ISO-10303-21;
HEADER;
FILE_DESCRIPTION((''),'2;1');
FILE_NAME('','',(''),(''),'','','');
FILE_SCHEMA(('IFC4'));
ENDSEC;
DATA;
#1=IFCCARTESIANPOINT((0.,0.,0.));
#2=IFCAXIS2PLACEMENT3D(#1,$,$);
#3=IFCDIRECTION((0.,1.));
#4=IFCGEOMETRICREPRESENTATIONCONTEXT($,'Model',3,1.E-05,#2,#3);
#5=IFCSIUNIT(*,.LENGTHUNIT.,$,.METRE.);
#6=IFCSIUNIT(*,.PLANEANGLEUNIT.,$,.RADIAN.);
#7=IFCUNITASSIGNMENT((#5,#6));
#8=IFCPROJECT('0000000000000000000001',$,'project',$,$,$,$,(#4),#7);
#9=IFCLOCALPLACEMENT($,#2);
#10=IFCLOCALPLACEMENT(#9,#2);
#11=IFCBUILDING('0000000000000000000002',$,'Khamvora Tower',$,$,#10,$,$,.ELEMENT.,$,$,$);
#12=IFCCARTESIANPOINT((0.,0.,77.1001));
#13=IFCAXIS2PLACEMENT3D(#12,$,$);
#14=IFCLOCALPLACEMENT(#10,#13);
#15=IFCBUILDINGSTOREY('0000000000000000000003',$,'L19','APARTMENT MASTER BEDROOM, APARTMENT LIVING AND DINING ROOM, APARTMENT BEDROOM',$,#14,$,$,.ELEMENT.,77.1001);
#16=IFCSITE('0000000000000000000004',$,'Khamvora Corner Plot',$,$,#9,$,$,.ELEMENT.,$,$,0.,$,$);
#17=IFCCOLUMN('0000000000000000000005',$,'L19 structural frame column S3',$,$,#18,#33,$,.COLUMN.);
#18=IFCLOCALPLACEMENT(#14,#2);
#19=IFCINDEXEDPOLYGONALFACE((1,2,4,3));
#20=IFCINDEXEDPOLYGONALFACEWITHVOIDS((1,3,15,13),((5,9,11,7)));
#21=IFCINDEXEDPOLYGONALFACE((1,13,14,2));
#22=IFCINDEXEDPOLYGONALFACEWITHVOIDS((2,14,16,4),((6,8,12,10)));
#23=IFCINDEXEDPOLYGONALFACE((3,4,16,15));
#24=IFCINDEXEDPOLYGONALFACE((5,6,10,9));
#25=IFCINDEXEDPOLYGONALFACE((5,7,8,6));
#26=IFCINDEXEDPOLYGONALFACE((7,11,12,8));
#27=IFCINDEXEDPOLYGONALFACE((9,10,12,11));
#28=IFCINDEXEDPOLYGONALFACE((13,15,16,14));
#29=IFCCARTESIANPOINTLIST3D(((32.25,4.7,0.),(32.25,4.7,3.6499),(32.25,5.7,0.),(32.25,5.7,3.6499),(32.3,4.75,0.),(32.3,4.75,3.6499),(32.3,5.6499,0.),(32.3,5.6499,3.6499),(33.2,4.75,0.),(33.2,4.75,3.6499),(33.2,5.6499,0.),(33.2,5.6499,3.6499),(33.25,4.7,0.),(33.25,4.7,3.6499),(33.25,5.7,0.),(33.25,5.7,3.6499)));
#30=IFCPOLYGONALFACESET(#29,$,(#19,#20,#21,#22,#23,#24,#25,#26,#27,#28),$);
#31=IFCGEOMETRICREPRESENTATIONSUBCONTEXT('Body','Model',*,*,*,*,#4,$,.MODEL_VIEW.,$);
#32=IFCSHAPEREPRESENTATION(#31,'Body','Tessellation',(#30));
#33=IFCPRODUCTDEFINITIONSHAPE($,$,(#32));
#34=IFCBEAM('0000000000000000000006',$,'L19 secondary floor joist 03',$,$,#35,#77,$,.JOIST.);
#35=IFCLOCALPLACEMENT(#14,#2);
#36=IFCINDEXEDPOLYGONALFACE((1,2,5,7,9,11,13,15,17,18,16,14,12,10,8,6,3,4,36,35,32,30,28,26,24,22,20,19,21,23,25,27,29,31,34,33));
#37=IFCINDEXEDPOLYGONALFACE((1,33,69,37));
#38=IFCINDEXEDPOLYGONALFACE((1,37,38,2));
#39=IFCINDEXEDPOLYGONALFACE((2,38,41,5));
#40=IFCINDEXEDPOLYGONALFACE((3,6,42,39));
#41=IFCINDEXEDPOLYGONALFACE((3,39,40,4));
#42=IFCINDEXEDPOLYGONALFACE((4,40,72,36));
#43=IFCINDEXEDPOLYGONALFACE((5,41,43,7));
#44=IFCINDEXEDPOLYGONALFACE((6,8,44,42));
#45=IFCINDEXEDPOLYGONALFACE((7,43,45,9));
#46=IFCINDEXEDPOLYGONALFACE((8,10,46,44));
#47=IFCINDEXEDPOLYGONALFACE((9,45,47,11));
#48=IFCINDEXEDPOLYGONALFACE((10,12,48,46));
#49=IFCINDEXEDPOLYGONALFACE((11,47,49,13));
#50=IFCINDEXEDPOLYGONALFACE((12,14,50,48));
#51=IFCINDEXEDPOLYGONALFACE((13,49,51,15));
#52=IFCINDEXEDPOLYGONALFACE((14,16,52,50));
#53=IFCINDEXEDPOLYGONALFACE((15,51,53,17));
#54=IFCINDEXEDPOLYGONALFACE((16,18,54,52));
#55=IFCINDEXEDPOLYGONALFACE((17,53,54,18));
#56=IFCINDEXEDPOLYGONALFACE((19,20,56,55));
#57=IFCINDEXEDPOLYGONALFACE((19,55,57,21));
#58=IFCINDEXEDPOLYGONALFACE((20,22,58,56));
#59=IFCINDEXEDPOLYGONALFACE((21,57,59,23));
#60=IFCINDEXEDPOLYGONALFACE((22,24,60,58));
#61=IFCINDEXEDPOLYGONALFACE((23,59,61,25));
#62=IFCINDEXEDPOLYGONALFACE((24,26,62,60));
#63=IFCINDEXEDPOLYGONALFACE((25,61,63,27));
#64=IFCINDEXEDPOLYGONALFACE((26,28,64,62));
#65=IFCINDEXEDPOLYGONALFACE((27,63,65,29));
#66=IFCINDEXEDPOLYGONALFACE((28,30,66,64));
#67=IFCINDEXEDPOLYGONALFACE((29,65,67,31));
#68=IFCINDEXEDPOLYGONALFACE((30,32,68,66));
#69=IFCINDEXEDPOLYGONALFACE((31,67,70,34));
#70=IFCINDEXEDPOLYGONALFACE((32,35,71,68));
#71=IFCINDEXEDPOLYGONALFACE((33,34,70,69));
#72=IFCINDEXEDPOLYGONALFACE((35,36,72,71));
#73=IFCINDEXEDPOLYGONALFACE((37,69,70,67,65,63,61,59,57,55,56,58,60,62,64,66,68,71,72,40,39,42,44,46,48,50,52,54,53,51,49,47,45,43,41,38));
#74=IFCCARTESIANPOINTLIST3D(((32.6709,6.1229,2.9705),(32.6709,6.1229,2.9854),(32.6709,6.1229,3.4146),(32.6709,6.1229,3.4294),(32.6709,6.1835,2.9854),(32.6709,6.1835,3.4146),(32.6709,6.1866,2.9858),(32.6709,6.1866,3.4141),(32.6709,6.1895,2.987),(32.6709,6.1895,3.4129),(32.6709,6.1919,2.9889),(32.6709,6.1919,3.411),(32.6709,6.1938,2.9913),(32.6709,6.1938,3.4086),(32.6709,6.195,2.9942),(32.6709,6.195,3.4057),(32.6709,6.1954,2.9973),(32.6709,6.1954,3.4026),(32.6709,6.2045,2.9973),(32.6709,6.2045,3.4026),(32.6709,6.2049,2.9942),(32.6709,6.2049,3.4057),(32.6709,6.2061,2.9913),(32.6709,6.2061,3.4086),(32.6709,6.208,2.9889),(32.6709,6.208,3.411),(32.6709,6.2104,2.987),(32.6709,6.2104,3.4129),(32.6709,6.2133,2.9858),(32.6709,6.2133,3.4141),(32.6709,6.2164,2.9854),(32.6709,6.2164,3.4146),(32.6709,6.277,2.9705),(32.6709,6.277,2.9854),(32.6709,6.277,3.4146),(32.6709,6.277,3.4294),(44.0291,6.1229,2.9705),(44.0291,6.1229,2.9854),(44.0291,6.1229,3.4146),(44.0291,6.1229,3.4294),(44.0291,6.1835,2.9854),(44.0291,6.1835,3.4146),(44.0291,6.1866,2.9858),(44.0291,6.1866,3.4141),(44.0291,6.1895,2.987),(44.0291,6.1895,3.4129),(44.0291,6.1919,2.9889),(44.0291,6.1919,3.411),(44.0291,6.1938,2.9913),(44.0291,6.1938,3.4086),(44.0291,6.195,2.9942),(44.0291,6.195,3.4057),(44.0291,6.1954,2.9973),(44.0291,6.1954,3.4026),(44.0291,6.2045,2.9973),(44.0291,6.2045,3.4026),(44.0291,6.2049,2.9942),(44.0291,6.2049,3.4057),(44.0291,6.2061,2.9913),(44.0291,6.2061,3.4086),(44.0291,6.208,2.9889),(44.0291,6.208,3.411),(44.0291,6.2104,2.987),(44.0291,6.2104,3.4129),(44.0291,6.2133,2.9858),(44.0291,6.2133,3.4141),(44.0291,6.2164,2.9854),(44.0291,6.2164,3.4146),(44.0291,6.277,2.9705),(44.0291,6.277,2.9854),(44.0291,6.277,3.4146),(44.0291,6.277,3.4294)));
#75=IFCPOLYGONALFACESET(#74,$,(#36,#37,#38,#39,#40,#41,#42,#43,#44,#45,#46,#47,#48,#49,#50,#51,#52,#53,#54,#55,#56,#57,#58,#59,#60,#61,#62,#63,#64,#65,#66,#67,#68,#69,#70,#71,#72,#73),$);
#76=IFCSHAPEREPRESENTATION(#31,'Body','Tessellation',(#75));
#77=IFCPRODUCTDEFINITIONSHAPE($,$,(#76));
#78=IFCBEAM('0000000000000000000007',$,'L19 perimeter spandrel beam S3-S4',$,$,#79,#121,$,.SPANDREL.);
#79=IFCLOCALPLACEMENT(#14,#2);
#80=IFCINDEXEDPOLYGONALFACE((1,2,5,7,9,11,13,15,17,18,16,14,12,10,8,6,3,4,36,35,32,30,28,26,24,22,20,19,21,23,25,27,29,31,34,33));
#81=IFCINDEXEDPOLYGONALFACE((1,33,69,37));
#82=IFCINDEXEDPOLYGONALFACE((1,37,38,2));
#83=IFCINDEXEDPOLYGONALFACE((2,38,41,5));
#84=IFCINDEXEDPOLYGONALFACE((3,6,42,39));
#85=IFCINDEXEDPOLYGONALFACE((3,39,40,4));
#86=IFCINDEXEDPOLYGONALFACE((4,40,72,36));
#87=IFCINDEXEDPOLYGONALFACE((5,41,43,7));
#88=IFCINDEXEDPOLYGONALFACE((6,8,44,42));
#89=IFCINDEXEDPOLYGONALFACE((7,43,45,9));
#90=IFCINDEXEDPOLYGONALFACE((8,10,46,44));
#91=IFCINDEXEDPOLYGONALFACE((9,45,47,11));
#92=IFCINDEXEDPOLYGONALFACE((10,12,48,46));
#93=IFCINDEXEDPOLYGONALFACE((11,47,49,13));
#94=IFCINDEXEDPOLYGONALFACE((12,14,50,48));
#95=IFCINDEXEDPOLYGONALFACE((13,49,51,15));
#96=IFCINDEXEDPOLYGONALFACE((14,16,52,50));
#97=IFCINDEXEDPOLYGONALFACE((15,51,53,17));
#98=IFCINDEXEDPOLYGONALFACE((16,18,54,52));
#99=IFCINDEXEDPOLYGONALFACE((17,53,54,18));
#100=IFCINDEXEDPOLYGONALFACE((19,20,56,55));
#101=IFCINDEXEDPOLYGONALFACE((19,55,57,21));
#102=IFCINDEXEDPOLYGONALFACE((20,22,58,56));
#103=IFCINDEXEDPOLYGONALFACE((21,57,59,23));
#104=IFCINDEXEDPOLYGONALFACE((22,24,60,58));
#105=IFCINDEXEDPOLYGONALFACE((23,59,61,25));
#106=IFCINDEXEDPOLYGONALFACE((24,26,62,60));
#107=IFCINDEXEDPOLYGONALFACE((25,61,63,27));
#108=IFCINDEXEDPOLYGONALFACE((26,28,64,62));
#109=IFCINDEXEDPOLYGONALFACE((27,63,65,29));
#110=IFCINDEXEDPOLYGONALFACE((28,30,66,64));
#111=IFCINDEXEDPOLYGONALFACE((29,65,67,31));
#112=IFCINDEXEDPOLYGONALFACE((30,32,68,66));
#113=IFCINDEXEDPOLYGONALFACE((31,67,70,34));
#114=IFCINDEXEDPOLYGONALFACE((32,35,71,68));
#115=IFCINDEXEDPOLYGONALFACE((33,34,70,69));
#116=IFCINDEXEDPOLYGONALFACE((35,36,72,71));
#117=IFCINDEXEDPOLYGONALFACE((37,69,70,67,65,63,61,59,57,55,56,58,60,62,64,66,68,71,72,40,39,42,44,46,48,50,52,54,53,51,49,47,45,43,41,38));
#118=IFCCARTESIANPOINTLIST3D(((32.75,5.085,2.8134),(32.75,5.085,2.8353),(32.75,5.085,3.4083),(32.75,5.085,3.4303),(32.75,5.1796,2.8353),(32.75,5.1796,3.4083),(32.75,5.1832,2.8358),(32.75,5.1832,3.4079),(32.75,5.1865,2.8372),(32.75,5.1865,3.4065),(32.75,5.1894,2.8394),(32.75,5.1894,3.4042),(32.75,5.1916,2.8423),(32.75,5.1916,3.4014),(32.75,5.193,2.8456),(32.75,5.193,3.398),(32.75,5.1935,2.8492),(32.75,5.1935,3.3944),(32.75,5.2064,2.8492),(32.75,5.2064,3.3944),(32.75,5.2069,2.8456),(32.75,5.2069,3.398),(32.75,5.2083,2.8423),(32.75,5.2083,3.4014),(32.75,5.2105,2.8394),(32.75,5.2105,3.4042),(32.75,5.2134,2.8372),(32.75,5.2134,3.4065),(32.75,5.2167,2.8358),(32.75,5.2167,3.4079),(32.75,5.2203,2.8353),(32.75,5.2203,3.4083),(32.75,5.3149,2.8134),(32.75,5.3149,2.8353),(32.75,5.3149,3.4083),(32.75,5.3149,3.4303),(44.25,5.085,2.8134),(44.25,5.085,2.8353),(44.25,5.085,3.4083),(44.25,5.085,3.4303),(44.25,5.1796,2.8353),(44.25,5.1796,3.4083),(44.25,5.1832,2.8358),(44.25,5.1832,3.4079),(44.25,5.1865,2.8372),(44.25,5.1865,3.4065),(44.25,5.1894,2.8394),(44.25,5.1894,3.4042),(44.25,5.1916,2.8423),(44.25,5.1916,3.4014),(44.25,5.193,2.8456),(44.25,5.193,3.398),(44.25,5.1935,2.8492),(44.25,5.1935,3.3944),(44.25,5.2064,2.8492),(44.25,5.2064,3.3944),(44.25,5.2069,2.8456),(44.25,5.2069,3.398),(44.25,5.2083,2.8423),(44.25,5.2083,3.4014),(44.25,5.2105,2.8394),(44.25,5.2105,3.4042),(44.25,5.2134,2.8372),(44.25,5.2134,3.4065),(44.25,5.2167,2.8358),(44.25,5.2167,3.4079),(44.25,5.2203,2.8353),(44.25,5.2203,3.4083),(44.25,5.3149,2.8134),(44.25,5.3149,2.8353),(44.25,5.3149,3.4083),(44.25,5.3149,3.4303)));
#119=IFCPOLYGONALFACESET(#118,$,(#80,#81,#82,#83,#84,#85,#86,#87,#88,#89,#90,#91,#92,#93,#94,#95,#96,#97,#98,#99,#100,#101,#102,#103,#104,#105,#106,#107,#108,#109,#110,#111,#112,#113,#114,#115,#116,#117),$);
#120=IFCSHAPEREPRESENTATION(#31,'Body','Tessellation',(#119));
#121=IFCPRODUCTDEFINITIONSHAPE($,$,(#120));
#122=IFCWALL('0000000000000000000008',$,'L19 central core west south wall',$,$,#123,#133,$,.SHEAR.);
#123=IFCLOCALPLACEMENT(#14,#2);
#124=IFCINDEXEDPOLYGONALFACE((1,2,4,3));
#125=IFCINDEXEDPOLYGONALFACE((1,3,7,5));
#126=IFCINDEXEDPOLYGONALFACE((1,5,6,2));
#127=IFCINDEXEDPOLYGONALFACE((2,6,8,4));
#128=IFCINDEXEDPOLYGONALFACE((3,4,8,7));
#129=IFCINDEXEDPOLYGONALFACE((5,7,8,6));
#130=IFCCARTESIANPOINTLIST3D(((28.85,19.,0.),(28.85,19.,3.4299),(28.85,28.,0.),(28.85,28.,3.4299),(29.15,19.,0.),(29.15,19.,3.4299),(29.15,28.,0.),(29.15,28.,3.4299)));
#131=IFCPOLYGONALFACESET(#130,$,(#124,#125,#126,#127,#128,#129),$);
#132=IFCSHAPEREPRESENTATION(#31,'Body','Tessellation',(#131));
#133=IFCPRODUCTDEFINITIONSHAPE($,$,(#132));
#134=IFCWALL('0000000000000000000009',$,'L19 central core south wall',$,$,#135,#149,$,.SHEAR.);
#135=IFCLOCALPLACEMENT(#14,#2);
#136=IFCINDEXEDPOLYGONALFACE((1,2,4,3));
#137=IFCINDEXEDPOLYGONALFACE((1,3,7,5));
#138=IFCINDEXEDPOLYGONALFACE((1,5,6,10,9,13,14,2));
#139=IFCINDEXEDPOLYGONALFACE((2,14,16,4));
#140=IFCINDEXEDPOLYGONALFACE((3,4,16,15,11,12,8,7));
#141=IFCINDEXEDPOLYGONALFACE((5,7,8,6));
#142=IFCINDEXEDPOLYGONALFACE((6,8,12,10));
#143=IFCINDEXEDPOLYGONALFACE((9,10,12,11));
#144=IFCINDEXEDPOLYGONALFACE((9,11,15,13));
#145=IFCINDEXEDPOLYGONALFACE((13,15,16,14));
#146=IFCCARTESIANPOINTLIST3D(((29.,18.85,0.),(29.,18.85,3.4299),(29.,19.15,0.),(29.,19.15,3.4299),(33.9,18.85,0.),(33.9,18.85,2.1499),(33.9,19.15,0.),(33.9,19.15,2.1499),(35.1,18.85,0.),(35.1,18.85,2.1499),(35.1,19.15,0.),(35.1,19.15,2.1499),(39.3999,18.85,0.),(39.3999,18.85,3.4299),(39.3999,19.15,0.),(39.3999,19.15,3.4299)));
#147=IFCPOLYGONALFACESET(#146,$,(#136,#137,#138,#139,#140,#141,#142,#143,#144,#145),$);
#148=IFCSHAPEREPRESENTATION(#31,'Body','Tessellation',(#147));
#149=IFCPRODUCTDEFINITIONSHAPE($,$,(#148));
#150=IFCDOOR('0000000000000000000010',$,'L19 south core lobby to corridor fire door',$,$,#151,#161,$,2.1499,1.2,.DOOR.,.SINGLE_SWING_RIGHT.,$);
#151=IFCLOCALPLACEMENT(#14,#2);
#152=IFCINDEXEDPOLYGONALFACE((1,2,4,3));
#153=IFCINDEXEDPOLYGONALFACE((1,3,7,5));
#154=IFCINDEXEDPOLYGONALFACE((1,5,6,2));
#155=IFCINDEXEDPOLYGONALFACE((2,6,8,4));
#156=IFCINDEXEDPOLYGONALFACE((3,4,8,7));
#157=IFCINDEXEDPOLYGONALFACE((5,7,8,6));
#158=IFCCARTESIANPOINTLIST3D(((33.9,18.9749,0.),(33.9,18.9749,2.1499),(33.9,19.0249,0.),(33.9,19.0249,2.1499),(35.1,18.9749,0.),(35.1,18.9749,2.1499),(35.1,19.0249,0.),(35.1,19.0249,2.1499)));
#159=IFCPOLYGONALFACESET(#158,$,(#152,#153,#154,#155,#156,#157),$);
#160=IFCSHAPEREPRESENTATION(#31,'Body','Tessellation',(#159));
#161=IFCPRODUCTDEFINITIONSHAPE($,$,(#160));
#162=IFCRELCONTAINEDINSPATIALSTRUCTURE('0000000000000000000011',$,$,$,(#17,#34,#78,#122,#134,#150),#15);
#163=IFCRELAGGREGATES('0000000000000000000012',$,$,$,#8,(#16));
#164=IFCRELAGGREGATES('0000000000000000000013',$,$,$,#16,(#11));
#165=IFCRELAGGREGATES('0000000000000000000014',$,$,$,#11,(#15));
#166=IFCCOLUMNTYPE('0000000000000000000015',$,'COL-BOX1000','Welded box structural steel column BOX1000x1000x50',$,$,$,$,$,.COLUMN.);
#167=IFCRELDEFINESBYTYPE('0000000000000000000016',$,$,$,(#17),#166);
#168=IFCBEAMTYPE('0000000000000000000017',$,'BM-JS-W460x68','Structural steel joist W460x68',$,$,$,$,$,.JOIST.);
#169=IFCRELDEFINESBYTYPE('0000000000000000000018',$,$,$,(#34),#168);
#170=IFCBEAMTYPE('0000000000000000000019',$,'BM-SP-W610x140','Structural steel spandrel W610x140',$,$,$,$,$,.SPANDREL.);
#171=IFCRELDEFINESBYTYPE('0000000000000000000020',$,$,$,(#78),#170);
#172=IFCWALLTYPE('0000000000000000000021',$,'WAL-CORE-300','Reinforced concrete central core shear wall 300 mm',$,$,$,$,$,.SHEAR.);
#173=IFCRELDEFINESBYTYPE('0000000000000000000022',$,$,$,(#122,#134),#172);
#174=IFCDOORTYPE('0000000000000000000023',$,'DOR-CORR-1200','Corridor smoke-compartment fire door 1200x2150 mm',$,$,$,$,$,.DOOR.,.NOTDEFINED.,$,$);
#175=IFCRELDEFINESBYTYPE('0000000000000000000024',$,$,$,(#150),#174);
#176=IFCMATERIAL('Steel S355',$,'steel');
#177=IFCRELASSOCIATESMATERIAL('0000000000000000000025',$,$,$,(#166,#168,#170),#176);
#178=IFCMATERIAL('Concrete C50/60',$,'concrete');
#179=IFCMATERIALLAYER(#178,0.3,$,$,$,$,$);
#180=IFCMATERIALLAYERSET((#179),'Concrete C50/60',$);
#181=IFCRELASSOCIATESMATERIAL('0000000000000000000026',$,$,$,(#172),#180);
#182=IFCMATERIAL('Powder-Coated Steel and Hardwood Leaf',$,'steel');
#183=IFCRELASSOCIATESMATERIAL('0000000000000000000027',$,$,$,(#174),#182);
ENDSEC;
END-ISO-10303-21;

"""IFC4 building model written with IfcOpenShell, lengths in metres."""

from ifc_helpers import new_model, si_unit, direction, frame, frame_2d, origin, origin_2d, place, context, subcontext, project, spatial, rectangle, hollow_rectangle, i_section, extrude, material, layer, layer_set, material_profile, profile_set, type_object, element, fill, save


model = new_model("IFC4")

# Units and contexts
model_context = context("Model", 3, precision=1e-05, world=origin(), true_north=direction((0.0, 1.0)))
body_context = subcontext(model_context, "Body", "Model", "MODEL_VIEW")
ifc_project = project(units=[si_unit("LENGTHUNIT", "METRE"), si_unit("PLANEANGLEUNIT", "RADIAN")], contexts=[model_context])

# Site, building, storey
site_placement = place(None, origin())
site = spatial("IfcSite", under=ifc_project, at=site_placement, Name="Khamvora Corner Plot", CompositionType="ELEMENT", RefElevation=0.0)
building_placement = place(site_placement, origin())
building = spatial("IfcBuilding", under=site, at=building_placement, Name="Khamvora Tower", CompositionType="ELEMENT")
storey_placement = place(building_placement, frame((0.0, 0.0, 77.1001)))
storey = spatial("IfcBuildingStorey", under=building, at=storey_placement, Name="L19", Description="APARTMENT MASTER BEDROOM, APARTMENT LIVING AND DINING ROOM, APARTMENT BEDROOM", CompositionType="ELEMENT", Elevation=77.1001)

# Column
ifc_material_1 = material(Name="Steel S355", Category="steel")
ifc_material_profile_1 = material_profile(ifc_material_1, hollow_rectangle(XDim=1.0, YDim=1.0, WallThickness=0.05, at=origin_2d()), Name="BOX1000x1000x50")
ifc_profile_set_1 = profile_set([ifc_material_profile_1], Name="Steel S355")
column_type = type_object("IfcColumnType", Name="COL-BOX1000", Description="Welded box structural steel column BOX1000x1000x50", PredefinedType="COLUMN", material=ifc_profile_set_1)
column_placement = place(storey_placement, frame((32.75, 5.2, 0.0), z_axis=(0.0, 0.0, 1.0), x_axis=(1.0, 0.0, 0.0)))
element("IfcColumn", 1, at=column_placement, inside=storey, type_object=column_type, Name="L19 structural frame column S3", PredefinedType="COLUMN", context=body_context, shape_type="SweptSolid", body=[
    extrude(hollow_rectangle(XDim=1.0, YDim=1.0, WallThickness=0.05, at=origin_2d()), origin(), (0.0, 0.0, 1.0), 3.6499),
])

# Beams
ifc_material_profile_2 = material_profile(ifc_material_1, i_section(OverallWidth=0.1541, OverallDepth=0.459, WebThickness=0.009, FlangeThickness=0.0149, FilletRadius=0.012, at=origin_2d()), Name="W460x68")
ifc_profile_set_2 = profile_set([ifc_material_profile_2], Name="Steel S355")
beam_type_1 = type_object("IfcBeamType", Name="BM-JS-W460x68", Description="Structural steel joist W460x68", PredefinedType="JOIST", material=ifc_profile_set_2)
beam_1_placement = place(storey_placement, frame((32.6709, 6.2, 3.2), z_axis=(1.0, 0.0, 0.0), x_axis=(0.0, 1.0, 0.0)))
element("IfcBeam", 2, at=beam_1_placement, inside=storey, type_object=beam_type_1, Name="L19 secondary floor joist 03", PredefinedType="JOIST", context=body_context, shape_type="SweptSolid", body=[
    extrude(i_section(OverallWidth=0.1541, OverallDepth=0.459, WebThickness=0.009, FlangeThickness=0.0149, FilletRadius=0.012, at=origin_2d()), origin(), (0.0, 0.0, 1.0), 11.3582),
])
ifc_material_profile_3 = material_profile(ifc_material_1, i_section(OverallWidth=0.23, OverallDepth=0.6169, WebThickness=0.0129, FlangeThickness=0.022, FilletRadius=0.0139, at=origin_2d()), Name="W610x140")
ifc_profile_set_3 = profile_set([ifc_material_profile_3], Name="Steel S355")
beam_type_2 = type_object("IfcBeamType", Name="BM-SP-W610x140", Description="Structural steel spandrel W610x140", PredefinedType="SPANDREL", material=ifc_profile_set_3)
beam_2_placement = place(storey_placement, frame((32.75, 5.2, 3.1218), z_axis=(1.0, 0.0, 0.0), x_axis=(0.0, 1.0, 0.0)))
element("IfcBeam", 3, at=beam_2_placement, inside=storey, type_object=beam_type_2, Name="L19 perimeter spandrel beam S3-S4", PredefinedType="SPANDREL", context=body_context, shape_type="SweptSolid", body=[
    extrude(i_section(OverallWidth=0.23, OverallDepth=0.6169, WebThickness=0.0129, FlangeThickness=0.022, FilletRadius=0.0139, at=origin_2d()), origin(), (0.0, 0.0, 1.0), 11.5),
])

# Wall
ifc_material_2 = material(Name="Concrete C50/60", Category="concrete")
ifc_layer_1 = layer(ifc_material_2, 0.3)
ifc_layer_set_1 = layer_set([ifc_layer_1], Name="Concrete C50/60")
wall_type_1 = type_object("IfcWallType", Name="WAL-CORE-300", Description="Reinforced concrete central core shear wall 300 mm", PredefinedType="SHEAR", material=ifc_layer_set_1)
wall_1_placement = place(storey_placement, frame((29.0, 19.0, 0.0), z_axis=(0.0, 0.0, 1.0), x_axis=(0.0, 1.0, 0.0)))
element("IfcWall", 4, at=wall_1_placement, inside=storey, type_object=wall_type_1, Name="L19 central core west south wall", PredefinedType="SHEAR", context=body_context, shape_type="SweptSolid", body=[
    extrude(rectangle(XDim=9.0, YDim=0.3, at=frame_2d((4.5, 0.0))), origin(), (0.0, 0.0, 1.0), 3.4299),
])

# Wall, opening, door
wall_2_placement = place(storey_placement, frame((29.0, 19.0, 0.0), z_axis=(0.0, 0.0, 1.0), x_axis=(1.0, 0.0, 0.0)))
wall_2 = element("IfcWall", 5, at=wall_2_placement, inside=storey, type_object=wall_type_1, Name="L19 central core south wall", PredefinedType="SHEAR", context=body_context, shape_type="SweptSolid", body=[
    extrude(rectangle(XDim=10.3999, YDim=0.3, at=frame_2d((5.2, 0.0))), origin(), (0.0, 0.0, 1.0), 3.4299),
])
opening_1_placement = place(wall_2_placement, frame((4.8999, 0.0, 0.0)))
opening_1 = element("IfcOpeningElement", 6, at=opening_1_placement, cuts=wall_2, PredefinedType="OPENING", context=body_context, shape_type="SweptSolid", body=[
    extrude(rectangle(XDim=1.2, YDim=2.1499, at=frame_2d((0.6001, 1.075))), frame((0.0, 0.1599, 0.0), z_axis=(0.0, -1.0, 0.0), x_axis=(1.0, 0.0, 0.0)), (0.0, 0.0, 1.0), 0.3201),
])
ifc_material_3 = material(Name="Powder-Coated Steel and Hardwood Leaf", Category="steel")
door_type_1 = type_object("IfcDoorType", Name="DOR-CORR-1200", Description="Corridor smoke-compartment fire door 1200x2150 mm", OperationType="NOTDEFINED", PredefinedType="DOOR", material=ifc_material_3)
door_1_placement = place(opening_1_placement, origin())
door_1 = element("IfcDoor", 7, at=door_1_placement, inside=storey, type_object=door_type_1, Name="L19 south core lobby to corridor fire door", OperationType="SINGLE_SWING_RIGHT", OverallHeight=2.1499, OverallWidth=1.2, PredefinedType="DOOR", context=body_context, shape_type="SweptSolid", body=[
    extrude(rectangle(XDim=1.2, YDim=2.1499, at=frame_2d((0.6001, 1.075))), frame((0.0, 0.0249, 0.0), z_axis=(0.0, -1.0, 0.0), x_axis=(1.0, 0.0, 0.0)), (0.0, 0.0, 1.0), 0.05),
])
fill(opening_1, door_1)

save(model, "model.ifc")
